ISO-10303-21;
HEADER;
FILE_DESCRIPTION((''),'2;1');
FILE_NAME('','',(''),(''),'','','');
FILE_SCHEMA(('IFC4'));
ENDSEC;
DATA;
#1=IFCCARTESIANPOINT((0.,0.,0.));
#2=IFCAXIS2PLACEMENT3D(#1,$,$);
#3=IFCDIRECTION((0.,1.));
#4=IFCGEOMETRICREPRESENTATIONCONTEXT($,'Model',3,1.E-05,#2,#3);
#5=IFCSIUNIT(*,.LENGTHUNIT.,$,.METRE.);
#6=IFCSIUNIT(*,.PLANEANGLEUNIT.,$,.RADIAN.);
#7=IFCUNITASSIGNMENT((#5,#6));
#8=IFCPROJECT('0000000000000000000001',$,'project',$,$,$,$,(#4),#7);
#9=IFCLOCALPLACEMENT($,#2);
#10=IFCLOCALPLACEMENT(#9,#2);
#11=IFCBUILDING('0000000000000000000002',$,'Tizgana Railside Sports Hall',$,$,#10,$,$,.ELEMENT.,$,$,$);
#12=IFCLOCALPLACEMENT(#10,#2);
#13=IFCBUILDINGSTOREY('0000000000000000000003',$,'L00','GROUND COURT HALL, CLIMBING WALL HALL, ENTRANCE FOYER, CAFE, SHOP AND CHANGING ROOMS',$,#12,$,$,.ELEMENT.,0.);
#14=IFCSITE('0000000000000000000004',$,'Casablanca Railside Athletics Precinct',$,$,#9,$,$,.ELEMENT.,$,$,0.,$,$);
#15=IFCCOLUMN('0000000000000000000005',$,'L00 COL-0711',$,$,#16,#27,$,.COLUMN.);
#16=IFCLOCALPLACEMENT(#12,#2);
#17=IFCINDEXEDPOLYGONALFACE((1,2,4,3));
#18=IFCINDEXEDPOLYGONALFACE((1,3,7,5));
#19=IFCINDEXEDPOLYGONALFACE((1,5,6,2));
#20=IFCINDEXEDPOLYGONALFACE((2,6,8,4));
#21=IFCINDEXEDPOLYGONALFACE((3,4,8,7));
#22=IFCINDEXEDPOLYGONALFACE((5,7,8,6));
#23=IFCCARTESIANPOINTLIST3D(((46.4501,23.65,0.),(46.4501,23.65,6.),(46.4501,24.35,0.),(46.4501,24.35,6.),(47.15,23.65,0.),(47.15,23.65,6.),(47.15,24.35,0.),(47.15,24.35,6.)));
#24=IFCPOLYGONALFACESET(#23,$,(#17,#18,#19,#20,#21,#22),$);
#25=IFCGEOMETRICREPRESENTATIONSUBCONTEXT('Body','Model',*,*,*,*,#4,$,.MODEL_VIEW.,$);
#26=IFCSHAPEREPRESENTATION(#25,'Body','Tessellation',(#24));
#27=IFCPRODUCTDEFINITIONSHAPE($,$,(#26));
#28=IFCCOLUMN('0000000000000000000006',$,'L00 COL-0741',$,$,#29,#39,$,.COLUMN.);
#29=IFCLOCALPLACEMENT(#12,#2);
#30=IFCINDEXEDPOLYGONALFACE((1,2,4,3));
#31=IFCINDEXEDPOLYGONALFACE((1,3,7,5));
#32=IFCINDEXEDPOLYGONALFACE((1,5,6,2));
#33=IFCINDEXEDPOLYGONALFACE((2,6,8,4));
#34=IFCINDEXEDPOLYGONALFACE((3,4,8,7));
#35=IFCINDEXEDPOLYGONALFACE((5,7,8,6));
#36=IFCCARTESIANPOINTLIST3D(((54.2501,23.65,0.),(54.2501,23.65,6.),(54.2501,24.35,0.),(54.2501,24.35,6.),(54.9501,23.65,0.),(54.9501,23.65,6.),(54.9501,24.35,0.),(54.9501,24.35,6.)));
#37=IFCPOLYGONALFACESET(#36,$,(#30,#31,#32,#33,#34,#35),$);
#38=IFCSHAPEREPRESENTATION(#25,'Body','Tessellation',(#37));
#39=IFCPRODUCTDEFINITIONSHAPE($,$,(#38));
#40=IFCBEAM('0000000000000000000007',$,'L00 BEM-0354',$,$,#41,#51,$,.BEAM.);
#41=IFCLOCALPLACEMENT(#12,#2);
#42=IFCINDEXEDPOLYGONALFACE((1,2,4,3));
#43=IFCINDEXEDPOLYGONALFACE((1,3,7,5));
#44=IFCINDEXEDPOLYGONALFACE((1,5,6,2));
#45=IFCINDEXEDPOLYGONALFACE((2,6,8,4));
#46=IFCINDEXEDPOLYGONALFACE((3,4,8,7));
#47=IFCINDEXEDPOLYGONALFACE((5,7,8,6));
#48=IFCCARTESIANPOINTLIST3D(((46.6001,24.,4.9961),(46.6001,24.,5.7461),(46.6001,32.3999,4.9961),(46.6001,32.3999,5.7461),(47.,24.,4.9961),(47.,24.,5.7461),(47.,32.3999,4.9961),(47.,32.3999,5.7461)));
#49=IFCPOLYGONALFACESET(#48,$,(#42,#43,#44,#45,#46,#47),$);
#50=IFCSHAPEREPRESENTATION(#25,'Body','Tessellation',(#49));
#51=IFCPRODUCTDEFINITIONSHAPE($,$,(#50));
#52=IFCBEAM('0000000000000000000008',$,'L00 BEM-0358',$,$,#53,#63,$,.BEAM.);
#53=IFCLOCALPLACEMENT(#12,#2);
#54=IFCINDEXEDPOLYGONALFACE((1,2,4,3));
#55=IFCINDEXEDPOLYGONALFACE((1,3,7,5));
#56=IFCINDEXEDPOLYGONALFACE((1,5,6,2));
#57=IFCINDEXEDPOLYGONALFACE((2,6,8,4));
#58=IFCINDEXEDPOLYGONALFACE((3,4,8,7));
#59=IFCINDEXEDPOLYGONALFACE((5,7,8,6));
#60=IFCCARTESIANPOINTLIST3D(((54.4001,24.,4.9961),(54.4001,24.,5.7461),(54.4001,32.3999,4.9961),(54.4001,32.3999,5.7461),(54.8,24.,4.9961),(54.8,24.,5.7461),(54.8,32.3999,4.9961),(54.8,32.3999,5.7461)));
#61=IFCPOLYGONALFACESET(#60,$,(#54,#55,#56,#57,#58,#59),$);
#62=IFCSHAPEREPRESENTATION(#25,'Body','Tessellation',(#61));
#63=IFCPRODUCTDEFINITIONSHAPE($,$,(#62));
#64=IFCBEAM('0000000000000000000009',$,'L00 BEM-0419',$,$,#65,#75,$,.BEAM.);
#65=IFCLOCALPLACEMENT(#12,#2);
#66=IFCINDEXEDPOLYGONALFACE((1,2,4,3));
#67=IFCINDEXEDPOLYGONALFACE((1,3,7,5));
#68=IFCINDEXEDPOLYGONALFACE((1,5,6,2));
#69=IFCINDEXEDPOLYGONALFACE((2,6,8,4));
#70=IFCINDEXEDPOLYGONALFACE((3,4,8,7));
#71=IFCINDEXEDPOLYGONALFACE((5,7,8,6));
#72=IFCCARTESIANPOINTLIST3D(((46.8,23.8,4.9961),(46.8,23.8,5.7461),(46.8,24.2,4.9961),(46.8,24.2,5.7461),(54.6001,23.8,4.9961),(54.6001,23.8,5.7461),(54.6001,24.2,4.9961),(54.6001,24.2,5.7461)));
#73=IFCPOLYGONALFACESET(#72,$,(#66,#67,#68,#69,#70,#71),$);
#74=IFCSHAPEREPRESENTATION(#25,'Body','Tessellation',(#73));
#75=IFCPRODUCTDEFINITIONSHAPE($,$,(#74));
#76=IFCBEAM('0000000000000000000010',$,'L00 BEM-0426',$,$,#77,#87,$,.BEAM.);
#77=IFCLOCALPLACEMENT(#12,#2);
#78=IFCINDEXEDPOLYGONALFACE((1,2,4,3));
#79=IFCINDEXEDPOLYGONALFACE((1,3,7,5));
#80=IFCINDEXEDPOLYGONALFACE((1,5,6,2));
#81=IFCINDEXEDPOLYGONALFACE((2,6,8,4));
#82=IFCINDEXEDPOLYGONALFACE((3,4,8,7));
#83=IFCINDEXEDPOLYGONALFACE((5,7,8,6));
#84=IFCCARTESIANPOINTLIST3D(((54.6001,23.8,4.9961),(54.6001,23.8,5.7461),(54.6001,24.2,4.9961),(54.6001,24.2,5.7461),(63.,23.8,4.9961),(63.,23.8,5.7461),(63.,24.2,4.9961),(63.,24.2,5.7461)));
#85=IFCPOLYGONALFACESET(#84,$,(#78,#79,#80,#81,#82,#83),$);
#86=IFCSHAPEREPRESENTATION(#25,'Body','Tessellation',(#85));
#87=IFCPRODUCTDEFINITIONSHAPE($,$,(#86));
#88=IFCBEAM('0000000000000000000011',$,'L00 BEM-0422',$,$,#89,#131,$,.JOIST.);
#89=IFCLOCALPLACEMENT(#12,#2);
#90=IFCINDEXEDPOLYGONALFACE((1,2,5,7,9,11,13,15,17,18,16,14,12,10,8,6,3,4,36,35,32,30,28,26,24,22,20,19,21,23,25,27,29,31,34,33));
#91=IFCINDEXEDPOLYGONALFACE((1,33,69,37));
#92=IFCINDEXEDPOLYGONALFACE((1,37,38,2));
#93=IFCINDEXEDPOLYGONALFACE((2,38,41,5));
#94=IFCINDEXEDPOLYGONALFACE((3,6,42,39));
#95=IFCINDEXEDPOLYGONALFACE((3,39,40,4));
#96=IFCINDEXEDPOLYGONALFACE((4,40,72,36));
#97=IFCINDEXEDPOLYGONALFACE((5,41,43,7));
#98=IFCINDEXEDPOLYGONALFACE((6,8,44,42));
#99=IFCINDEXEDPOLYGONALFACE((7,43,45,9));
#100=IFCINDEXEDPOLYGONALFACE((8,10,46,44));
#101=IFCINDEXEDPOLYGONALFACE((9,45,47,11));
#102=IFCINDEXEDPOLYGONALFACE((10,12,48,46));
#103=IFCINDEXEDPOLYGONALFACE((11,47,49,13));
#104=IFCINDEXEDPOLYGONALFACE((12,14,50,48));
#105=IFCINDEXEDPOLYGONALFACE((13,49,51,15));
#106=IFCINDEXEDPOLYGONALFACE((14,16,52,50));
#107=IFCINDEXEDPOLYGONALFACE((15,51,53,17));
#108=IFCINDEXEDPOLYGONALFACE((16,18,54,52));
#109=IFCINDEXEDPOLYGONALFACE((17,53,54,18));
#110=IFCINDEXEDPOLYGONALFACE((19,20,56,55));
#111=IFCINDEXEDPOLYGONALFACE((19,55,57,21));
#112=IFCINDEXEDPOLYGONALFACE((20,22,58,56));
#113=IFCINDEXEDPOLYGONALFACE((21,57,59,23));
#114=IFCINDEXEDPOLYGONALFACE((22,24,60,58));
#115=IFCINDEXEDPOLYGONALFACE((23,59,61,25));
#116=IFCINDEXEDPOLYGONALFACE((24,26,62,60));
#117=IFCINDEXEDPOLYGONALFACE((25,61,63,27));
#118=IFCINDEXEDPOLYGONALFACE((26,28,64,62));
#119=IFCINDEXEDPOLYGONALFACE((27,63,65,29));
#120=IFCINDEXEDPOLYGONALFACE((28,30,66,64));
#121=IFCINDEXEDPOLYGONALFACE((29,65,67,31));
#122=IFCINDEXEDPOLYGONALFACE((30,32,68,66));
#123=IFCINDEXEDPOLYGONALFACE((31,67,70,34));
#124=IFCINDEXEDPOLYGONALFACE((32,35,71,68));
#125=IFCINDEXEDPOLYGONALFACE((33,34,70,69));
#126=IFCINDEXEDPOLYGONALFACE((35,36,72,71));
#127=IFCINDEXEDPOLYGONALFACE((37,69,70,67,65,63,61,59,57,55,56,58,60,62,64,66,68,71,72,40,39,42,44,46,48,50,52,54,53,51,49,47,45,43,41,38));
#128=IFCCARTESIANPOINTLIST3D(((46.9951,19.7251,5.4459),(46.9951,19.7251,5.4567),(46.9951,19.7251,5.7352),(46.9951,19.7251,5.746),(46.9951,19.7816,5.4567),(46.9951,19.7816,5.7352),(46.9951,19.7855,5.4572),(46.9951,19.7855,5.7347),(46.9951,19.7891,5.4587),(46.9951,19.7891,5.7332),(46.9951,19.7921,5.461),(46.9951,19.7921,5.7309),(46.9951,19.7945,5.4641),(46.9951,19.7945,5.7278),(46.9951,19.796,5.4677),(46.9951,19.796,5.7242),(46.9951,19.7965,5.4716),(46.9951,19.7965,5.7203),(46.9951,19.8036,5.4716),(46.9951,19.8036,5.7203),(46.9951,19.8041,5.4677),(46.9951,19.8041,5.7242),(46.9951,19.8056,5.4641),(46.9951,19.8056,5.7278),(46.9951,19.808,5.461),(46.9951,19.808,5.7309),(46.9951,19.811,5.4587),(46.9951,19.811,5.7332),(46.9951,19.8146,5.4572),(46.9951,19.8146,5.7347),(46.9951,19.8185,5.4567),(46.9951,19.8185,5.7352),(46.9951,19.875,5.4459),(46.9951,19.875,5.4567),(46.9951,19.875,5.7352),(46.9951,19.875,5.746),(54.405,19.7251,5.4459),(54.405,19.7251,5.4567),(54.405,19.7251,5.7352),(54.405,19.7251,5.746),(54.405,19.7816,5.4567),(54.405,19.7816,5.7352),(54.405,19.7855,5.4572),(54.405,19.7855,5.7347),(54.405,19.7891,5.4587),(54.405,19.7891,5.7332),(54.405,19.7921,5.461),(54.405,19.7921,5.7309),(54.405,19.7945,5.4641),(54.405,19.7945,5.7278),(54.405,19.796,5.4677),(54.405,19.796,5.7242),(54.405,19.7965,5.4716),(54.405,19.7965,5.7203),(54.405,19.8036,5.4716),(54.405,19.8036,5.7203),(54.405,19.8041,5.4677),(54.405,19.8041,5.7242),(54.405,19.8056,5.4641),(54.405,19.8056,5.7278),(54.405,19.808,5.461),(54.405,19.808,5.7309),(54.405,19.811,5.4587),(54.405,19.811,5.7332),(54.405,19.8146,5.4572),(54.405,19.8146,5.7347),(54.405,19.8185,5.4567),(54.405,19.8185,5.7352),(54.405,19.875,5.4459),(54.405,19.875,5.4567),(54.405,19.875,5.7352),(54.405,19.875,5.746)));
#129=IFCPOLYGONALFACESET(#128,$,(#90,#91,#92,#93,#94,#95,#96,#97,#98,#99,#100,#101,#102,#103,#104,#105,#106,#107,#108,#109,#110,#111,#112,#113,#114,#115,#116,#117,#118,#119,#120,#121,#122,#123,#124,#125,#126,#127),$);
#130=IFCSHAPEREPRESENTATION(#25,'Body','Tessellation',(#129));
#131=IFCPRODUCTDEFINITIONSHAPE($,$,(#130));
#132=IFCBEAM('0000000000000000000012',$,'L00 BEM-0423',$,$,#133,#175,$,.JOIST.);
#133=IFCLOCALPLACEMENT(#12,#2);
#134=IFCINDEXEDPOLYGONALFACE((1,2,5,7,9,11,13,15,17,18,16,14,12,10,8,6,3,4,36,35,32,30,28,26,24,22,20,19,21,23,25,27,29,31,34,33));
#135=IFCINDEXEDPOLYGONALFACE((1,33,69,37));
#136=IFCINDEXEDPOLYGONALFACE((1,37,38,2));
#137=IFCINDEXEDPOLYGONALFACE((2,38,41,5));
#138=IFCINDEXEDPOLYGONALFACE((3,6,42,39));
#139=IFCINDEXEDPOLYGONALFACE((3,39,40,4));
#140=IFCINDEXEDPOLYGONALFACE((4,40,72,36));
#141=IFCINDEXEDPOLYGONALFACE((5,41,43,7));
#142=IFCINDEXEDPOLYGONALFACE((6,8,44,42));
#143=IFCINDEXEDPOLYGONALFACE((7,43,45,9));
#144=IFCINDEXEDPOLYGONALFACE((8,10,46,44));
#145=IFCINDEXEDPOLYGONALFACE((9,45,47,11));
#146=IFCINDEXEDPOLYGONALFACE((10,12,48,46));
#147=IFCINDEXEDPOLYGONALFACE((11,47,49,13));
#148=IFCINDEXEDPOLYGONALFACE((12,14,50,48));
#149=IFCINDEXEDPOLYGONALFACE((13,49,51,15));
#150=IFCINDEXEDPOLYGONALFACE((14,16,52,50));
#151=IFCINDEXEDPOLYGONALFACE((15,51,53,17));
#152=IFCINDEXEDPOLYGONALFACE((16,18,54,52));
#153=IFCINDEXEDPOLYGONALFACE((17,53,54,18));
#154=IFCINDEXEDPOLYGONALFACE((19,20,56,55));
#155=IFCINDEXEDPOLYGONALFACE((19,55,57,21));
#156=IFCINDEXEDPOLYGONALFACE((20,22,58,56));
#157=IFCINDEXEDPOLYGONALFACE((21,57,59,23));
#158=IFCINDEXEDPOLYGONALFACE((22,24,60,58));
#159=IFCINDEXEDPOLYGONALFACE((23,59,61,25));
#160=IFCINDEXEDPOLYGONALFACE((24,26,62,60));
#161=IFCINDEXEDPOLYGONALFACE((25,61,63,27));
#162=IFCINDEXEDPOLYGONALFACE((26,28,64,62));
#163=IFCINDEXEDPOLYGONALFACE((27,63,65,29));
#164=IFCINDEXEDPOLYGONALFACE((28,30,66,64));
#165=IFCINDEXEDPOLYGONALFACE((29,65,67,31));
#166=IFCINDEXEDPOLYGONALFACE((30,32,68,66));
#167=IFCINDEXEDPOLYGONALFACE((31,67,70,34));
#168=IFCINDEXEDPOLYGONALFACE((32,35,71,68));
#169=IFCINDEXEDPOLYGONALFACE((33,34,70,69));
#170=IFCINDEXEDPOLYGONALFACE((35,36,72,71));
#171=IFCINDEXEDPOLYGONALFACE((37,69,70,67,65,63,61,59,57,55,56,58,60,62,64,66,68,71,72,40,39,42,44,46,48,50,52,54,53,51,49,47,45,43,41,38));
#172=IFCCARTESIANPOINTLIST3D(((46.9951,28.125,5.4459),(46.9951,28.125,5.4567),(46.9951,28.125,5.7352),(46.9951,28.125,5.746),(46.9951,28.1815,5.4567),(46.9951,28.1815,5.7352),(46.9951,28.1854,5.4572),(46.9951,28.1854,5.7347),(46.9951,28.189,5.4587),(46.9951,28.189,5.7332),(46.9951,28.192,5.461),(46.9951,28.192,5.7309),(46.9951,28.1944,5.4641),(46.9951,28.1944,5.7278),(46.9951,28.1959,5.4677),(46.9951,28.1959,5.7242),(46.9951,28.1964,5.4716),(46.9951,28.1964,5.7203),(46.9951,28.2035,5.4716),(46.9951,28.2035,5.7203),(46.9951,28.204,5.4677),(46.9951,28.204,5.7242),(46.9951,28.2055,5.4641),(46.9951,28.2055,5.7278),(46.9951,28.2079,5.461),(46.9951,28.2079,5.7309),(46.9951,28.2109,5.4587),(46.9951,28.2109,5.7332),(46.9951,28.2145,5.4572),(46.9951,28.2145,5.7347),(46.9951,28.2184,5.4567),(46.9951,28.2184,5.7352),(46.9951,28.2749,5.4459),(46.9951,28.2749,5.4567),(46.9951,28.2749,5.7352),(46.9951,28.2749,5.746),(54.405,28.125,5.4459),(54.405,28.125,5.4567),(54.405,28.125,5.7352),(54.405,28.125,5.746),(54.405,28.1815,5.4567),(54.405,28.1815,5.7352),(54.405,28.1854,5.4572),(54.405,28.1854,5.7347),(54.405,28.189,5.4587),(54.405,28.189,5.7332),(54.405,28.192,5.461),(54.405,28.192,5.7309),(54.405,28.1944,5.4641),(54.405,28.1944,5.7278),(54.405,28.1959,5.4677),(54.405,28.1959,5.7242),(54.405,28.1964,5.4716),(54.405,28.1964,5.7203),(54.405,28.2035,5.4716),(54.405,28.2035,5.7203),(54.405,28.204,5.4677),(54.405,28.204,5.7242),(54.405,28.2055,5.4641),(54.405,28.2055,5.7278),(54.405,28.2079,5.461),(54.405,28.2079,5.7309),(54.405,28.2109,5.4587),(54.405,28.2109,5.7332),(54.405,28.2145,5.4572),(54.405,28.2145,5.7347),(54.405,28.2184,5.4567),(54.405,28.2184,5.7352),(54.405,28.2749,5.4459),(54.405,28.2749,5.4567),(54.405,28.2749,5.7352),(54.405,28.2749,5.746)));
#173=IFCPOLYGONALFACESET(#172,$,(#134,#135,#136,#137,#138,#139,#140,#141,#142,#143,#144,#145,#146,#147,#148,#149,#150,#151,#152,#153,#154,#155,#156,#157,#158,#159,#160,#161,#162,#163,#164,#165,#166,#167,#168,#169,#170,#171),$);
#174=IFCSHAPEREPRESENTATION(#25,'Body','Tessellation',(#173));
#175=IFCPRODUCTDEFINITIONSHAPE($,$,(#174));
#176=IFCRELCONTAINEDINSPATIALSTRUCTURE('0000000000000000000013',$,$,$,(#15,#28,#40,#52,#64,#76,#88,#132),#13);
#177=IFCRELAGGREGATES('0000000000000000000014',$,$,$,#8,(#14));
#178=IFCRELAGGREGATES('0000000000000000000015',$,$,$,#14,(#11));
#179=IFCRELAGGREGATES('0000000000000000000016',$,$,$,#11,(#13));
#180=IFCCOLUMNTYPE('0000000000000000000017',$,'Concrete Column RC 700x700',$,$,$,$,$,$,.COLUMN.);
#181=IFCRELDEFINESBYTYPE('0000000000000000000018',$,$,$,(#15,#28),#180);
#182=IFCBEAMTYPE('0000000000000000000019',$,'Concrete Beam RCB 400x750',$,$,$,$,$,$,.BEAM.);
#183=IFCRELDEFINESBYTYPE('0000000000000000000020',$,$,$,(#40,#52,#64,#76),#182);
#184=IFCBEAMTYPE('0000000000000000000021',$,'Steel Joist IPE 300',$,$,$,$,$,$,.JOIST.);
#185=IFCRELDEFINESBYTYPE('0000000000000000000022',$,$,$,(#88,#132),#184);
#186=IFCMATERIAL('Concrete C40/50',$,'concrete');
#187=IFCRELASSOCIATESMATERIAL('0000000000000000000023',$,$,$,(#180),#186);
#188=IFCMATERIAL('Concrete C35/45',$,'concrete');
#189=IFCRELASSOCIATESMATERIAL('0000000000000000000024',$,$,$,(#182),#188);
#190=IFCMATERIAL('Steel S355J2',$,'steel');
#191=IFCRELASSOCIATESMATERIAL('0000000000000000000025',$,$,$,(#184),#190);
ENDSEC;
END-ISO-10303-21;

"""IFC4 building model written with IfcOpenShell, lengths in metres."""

from ifc_helpers import new_model, si_unit, direction, frame, origin, origin_2d, place, context, subcontext, project, spatial, rectangle, i_section, extrude, material, material_profile, profile_set, type_object, element, save


model = new_model("IFC4")

# Units and contexts
model_context = context("Model", 3, precision=1e-05, world=origin(), true_north=direction((0.0, 1.0)))
body_context = subcontext(model_context, "Body", "Model", "MODEL_VIEW")
ifc_project = project(units=[si_unit("LENGTHUNIT", "METRE"), si_unit("PLANEANGLEUNIT", "RADIAN")], contexts=[model_context])

# Site, building, storey
site_placement = place(None, origin())
site = spatial("IfcSite", under=ifc_project, at=site_placement, Name="Casablanca Railside Athletics Precinct", CompositionType="ELEMENT", RefElevation=0.0)
building_placement = place(site_placement, origin())
building = spatial("IfcBuilding", under=site, at=building_placement, Name="Tizgana Railside Sports Hall", CompositionType="ELEMENT")
storey_placement = place(building_placement, origin())
storey = spatial("IfcBuildingStorey", under=building, at=storey_placement, Name="L00", Description="GROUND COURT HALL, CLIMBING WALL HALL, ENTRANCE FOYER, CAFE, SHOP AND CHANGING ROOMS", CompositionType="ELEMENT", Elevation=0.0)

# Columns
ifc_material_1 = material(Name="Concrete C40/50", Category="concrete")
ifc_material_profile_1 = material_profile(ifc_material_1, rectangle(XDim=0.7, YDim=0.7, at=origin_2d()), Name="RC 700x700")
ifc_profile_set_1 = profile_set([ifc_material_profile_1], Name="Concrete C40/50")
column_type = type_object("IfcColumnType", Name="Concrete Column RC 700x700", PredefinedType="COLUMN", material=ifc_profile_set_1)
for number, where, z_axis, x_axis, name in (
    (1, (46.8, 24.0, 0.0), (0.0, 0.0, 1.0), (1.0, 0.0, 0.0), "L00 COL-0711"),
    (2, (54.6001, 24.0, 0.0), (0.0, 0.0, 1.0), (1.0, 0.0, 0.0), "L00 COL-0741"),
):
    element("IfcColumn", number, at=place(storey_placement, frame(where, z_axis=z_axis, x_axis=x_axis)), inside=storey, type_object=column_type, Name=name, PredefinedType="COLUMN", context=body_context, shape_type="SweptSolid", body=[
        extrude(rectangle(XDim=0.7, YDim=0.7, at=origin_2d()), origin(), (0.0, 0.0, 1.0), 6.0),
    ])

# Beams
ifc_material_2 = material(Name="Concrete C35/45", Category="concrete")
ifc_material_profile_2 = material_profile(ifc_material_2, rectangle(XDim=0.3999, YDim=0.75, at=origin_2d()), Name="RCB 400x750")
ifc_profile_set_2 = profile_set([ifc_material_profile_2], Name="Concrete C35/45")
beam_type_1 = type_object("IfcBeamType", Name="Concrete Beam RCB 400x750", PredefinedType="BEAM", material=ifc_profile_set_2)
for number, where, z_axis, x_axis, name in (
    (3, (46.8, 24.0, 5.3711), (0.0, 1.0, 0.0), (-1.0, 0.0, 0.0), "L00 BEM-0354"),
    (4, (54.6001, 24.0, 5.3711), (0.0, 1.0, 0.0), (-1.0, 0.0, 0.0), "L00 BEM-0358"),
):
    element("IfcBeam", number, at=place(storey_placement, frame(where, z_axis=z_axis, x_axis=x_axis)), inside=storey, type_object=beam_type_1, Name=name, PredefinedType="BEAM", context=body_context, shape_type="SweptSolid", body=[
        extrude(rectangle(XDim=0.3999, YDim=0.75, at=origin_2d()), origin(), (0.0, 0.0, 1.0), 8.3999),
    ])
beam_1_placement = place(storey_placement, frame((46.8, 24.0, 5.3711), z_axis=(1.0, 0.0, 0.0), x_axis=(0.0, 1.0, 0.0)))
element("IfcBeam", 5, at=beam_1_placement, inside=storey, type_object=beam_type_1, Name="L00 BEM-0419", PredefinedType="BEAM", context=body_context, shape_type="SweptSolid", body=[
    extrude(rectangle(XDim=0.3999, YDim=0.75, at=origin_2d()), origin(), (0.0, 0.0, 1.0), 7.8),
])
beam_2_placement = place(storey_placement, frame((54.6001, 24.0, 5.3711), z_axis=(1.0, 0.0, 0.0), x_axis=(0.0, 1.0, 0.0)))
element("IfcBeam", 6, at=beam_2_placement, inside=storey, type_object=beam_type_1, Name="L00 BEM-0426", PredefinedType="BEAM", context=body_context, shape_type="SweptSolid", body=[
    extrude(rectangle(XDim=0.3999, YDim=0.75, at=origin_2d()), origin(), (0.0, 0.0, 1.0), 8.3999),
])
ifc_material_3 = material(Name="Steel S355J2", Category="steel")
ifc_material_profile_3 = material_profile(ifc_material_3, i_section(OverallWidth=0.1499, OverallDepth=0.3, WebThickness=0.0071, FlangeThickness=0.0107, FilletRadius=0.0149, at=origin_2d()), Name="IPE 300")
ifc_profile_set_3 = profile_set([ifc_material_profile_3], Name="Steel S355J2")
beam_type_2 = type_object("IfcBeamType", Name="Steel Joist IPE 300", PredefinedType="JOIST", material=ifc_profile_set_3)
for number, where, z_axis, x_axis, name in (
    (7, (46.9951, 19.8, 5.5959), (1.0, 0.0, 0.0), (0.0, 1.0, 0.0), "L00 BEM-0422"),
    (8, (46.9951, 28.2, 5.5959), (1.0, 0.0, 0.0), (0.0, 1.0, 0.0), "L00 BEM-0423"),
):
    element("IfcBeam", number, at=place(storey_placement, frame(where, z_axis=z_axis, x_axis=x_axis)), inside=storey, type_object=beam_type_2, Name=name, PredefinedType="JOIST", context=body_context, shape_type="SweptSolid", body=[
        extrude(i_section(OverallWidth=0.1499, OverallDepth=0.3, WebThickness=0.0071, FlangeThickness=0.0107, FilletRadius=0.0149, at=origin_2d()), origin(), (0.0, 0.0, 1.0), 7.4099),
    ])

save(model, "model.ifc")
